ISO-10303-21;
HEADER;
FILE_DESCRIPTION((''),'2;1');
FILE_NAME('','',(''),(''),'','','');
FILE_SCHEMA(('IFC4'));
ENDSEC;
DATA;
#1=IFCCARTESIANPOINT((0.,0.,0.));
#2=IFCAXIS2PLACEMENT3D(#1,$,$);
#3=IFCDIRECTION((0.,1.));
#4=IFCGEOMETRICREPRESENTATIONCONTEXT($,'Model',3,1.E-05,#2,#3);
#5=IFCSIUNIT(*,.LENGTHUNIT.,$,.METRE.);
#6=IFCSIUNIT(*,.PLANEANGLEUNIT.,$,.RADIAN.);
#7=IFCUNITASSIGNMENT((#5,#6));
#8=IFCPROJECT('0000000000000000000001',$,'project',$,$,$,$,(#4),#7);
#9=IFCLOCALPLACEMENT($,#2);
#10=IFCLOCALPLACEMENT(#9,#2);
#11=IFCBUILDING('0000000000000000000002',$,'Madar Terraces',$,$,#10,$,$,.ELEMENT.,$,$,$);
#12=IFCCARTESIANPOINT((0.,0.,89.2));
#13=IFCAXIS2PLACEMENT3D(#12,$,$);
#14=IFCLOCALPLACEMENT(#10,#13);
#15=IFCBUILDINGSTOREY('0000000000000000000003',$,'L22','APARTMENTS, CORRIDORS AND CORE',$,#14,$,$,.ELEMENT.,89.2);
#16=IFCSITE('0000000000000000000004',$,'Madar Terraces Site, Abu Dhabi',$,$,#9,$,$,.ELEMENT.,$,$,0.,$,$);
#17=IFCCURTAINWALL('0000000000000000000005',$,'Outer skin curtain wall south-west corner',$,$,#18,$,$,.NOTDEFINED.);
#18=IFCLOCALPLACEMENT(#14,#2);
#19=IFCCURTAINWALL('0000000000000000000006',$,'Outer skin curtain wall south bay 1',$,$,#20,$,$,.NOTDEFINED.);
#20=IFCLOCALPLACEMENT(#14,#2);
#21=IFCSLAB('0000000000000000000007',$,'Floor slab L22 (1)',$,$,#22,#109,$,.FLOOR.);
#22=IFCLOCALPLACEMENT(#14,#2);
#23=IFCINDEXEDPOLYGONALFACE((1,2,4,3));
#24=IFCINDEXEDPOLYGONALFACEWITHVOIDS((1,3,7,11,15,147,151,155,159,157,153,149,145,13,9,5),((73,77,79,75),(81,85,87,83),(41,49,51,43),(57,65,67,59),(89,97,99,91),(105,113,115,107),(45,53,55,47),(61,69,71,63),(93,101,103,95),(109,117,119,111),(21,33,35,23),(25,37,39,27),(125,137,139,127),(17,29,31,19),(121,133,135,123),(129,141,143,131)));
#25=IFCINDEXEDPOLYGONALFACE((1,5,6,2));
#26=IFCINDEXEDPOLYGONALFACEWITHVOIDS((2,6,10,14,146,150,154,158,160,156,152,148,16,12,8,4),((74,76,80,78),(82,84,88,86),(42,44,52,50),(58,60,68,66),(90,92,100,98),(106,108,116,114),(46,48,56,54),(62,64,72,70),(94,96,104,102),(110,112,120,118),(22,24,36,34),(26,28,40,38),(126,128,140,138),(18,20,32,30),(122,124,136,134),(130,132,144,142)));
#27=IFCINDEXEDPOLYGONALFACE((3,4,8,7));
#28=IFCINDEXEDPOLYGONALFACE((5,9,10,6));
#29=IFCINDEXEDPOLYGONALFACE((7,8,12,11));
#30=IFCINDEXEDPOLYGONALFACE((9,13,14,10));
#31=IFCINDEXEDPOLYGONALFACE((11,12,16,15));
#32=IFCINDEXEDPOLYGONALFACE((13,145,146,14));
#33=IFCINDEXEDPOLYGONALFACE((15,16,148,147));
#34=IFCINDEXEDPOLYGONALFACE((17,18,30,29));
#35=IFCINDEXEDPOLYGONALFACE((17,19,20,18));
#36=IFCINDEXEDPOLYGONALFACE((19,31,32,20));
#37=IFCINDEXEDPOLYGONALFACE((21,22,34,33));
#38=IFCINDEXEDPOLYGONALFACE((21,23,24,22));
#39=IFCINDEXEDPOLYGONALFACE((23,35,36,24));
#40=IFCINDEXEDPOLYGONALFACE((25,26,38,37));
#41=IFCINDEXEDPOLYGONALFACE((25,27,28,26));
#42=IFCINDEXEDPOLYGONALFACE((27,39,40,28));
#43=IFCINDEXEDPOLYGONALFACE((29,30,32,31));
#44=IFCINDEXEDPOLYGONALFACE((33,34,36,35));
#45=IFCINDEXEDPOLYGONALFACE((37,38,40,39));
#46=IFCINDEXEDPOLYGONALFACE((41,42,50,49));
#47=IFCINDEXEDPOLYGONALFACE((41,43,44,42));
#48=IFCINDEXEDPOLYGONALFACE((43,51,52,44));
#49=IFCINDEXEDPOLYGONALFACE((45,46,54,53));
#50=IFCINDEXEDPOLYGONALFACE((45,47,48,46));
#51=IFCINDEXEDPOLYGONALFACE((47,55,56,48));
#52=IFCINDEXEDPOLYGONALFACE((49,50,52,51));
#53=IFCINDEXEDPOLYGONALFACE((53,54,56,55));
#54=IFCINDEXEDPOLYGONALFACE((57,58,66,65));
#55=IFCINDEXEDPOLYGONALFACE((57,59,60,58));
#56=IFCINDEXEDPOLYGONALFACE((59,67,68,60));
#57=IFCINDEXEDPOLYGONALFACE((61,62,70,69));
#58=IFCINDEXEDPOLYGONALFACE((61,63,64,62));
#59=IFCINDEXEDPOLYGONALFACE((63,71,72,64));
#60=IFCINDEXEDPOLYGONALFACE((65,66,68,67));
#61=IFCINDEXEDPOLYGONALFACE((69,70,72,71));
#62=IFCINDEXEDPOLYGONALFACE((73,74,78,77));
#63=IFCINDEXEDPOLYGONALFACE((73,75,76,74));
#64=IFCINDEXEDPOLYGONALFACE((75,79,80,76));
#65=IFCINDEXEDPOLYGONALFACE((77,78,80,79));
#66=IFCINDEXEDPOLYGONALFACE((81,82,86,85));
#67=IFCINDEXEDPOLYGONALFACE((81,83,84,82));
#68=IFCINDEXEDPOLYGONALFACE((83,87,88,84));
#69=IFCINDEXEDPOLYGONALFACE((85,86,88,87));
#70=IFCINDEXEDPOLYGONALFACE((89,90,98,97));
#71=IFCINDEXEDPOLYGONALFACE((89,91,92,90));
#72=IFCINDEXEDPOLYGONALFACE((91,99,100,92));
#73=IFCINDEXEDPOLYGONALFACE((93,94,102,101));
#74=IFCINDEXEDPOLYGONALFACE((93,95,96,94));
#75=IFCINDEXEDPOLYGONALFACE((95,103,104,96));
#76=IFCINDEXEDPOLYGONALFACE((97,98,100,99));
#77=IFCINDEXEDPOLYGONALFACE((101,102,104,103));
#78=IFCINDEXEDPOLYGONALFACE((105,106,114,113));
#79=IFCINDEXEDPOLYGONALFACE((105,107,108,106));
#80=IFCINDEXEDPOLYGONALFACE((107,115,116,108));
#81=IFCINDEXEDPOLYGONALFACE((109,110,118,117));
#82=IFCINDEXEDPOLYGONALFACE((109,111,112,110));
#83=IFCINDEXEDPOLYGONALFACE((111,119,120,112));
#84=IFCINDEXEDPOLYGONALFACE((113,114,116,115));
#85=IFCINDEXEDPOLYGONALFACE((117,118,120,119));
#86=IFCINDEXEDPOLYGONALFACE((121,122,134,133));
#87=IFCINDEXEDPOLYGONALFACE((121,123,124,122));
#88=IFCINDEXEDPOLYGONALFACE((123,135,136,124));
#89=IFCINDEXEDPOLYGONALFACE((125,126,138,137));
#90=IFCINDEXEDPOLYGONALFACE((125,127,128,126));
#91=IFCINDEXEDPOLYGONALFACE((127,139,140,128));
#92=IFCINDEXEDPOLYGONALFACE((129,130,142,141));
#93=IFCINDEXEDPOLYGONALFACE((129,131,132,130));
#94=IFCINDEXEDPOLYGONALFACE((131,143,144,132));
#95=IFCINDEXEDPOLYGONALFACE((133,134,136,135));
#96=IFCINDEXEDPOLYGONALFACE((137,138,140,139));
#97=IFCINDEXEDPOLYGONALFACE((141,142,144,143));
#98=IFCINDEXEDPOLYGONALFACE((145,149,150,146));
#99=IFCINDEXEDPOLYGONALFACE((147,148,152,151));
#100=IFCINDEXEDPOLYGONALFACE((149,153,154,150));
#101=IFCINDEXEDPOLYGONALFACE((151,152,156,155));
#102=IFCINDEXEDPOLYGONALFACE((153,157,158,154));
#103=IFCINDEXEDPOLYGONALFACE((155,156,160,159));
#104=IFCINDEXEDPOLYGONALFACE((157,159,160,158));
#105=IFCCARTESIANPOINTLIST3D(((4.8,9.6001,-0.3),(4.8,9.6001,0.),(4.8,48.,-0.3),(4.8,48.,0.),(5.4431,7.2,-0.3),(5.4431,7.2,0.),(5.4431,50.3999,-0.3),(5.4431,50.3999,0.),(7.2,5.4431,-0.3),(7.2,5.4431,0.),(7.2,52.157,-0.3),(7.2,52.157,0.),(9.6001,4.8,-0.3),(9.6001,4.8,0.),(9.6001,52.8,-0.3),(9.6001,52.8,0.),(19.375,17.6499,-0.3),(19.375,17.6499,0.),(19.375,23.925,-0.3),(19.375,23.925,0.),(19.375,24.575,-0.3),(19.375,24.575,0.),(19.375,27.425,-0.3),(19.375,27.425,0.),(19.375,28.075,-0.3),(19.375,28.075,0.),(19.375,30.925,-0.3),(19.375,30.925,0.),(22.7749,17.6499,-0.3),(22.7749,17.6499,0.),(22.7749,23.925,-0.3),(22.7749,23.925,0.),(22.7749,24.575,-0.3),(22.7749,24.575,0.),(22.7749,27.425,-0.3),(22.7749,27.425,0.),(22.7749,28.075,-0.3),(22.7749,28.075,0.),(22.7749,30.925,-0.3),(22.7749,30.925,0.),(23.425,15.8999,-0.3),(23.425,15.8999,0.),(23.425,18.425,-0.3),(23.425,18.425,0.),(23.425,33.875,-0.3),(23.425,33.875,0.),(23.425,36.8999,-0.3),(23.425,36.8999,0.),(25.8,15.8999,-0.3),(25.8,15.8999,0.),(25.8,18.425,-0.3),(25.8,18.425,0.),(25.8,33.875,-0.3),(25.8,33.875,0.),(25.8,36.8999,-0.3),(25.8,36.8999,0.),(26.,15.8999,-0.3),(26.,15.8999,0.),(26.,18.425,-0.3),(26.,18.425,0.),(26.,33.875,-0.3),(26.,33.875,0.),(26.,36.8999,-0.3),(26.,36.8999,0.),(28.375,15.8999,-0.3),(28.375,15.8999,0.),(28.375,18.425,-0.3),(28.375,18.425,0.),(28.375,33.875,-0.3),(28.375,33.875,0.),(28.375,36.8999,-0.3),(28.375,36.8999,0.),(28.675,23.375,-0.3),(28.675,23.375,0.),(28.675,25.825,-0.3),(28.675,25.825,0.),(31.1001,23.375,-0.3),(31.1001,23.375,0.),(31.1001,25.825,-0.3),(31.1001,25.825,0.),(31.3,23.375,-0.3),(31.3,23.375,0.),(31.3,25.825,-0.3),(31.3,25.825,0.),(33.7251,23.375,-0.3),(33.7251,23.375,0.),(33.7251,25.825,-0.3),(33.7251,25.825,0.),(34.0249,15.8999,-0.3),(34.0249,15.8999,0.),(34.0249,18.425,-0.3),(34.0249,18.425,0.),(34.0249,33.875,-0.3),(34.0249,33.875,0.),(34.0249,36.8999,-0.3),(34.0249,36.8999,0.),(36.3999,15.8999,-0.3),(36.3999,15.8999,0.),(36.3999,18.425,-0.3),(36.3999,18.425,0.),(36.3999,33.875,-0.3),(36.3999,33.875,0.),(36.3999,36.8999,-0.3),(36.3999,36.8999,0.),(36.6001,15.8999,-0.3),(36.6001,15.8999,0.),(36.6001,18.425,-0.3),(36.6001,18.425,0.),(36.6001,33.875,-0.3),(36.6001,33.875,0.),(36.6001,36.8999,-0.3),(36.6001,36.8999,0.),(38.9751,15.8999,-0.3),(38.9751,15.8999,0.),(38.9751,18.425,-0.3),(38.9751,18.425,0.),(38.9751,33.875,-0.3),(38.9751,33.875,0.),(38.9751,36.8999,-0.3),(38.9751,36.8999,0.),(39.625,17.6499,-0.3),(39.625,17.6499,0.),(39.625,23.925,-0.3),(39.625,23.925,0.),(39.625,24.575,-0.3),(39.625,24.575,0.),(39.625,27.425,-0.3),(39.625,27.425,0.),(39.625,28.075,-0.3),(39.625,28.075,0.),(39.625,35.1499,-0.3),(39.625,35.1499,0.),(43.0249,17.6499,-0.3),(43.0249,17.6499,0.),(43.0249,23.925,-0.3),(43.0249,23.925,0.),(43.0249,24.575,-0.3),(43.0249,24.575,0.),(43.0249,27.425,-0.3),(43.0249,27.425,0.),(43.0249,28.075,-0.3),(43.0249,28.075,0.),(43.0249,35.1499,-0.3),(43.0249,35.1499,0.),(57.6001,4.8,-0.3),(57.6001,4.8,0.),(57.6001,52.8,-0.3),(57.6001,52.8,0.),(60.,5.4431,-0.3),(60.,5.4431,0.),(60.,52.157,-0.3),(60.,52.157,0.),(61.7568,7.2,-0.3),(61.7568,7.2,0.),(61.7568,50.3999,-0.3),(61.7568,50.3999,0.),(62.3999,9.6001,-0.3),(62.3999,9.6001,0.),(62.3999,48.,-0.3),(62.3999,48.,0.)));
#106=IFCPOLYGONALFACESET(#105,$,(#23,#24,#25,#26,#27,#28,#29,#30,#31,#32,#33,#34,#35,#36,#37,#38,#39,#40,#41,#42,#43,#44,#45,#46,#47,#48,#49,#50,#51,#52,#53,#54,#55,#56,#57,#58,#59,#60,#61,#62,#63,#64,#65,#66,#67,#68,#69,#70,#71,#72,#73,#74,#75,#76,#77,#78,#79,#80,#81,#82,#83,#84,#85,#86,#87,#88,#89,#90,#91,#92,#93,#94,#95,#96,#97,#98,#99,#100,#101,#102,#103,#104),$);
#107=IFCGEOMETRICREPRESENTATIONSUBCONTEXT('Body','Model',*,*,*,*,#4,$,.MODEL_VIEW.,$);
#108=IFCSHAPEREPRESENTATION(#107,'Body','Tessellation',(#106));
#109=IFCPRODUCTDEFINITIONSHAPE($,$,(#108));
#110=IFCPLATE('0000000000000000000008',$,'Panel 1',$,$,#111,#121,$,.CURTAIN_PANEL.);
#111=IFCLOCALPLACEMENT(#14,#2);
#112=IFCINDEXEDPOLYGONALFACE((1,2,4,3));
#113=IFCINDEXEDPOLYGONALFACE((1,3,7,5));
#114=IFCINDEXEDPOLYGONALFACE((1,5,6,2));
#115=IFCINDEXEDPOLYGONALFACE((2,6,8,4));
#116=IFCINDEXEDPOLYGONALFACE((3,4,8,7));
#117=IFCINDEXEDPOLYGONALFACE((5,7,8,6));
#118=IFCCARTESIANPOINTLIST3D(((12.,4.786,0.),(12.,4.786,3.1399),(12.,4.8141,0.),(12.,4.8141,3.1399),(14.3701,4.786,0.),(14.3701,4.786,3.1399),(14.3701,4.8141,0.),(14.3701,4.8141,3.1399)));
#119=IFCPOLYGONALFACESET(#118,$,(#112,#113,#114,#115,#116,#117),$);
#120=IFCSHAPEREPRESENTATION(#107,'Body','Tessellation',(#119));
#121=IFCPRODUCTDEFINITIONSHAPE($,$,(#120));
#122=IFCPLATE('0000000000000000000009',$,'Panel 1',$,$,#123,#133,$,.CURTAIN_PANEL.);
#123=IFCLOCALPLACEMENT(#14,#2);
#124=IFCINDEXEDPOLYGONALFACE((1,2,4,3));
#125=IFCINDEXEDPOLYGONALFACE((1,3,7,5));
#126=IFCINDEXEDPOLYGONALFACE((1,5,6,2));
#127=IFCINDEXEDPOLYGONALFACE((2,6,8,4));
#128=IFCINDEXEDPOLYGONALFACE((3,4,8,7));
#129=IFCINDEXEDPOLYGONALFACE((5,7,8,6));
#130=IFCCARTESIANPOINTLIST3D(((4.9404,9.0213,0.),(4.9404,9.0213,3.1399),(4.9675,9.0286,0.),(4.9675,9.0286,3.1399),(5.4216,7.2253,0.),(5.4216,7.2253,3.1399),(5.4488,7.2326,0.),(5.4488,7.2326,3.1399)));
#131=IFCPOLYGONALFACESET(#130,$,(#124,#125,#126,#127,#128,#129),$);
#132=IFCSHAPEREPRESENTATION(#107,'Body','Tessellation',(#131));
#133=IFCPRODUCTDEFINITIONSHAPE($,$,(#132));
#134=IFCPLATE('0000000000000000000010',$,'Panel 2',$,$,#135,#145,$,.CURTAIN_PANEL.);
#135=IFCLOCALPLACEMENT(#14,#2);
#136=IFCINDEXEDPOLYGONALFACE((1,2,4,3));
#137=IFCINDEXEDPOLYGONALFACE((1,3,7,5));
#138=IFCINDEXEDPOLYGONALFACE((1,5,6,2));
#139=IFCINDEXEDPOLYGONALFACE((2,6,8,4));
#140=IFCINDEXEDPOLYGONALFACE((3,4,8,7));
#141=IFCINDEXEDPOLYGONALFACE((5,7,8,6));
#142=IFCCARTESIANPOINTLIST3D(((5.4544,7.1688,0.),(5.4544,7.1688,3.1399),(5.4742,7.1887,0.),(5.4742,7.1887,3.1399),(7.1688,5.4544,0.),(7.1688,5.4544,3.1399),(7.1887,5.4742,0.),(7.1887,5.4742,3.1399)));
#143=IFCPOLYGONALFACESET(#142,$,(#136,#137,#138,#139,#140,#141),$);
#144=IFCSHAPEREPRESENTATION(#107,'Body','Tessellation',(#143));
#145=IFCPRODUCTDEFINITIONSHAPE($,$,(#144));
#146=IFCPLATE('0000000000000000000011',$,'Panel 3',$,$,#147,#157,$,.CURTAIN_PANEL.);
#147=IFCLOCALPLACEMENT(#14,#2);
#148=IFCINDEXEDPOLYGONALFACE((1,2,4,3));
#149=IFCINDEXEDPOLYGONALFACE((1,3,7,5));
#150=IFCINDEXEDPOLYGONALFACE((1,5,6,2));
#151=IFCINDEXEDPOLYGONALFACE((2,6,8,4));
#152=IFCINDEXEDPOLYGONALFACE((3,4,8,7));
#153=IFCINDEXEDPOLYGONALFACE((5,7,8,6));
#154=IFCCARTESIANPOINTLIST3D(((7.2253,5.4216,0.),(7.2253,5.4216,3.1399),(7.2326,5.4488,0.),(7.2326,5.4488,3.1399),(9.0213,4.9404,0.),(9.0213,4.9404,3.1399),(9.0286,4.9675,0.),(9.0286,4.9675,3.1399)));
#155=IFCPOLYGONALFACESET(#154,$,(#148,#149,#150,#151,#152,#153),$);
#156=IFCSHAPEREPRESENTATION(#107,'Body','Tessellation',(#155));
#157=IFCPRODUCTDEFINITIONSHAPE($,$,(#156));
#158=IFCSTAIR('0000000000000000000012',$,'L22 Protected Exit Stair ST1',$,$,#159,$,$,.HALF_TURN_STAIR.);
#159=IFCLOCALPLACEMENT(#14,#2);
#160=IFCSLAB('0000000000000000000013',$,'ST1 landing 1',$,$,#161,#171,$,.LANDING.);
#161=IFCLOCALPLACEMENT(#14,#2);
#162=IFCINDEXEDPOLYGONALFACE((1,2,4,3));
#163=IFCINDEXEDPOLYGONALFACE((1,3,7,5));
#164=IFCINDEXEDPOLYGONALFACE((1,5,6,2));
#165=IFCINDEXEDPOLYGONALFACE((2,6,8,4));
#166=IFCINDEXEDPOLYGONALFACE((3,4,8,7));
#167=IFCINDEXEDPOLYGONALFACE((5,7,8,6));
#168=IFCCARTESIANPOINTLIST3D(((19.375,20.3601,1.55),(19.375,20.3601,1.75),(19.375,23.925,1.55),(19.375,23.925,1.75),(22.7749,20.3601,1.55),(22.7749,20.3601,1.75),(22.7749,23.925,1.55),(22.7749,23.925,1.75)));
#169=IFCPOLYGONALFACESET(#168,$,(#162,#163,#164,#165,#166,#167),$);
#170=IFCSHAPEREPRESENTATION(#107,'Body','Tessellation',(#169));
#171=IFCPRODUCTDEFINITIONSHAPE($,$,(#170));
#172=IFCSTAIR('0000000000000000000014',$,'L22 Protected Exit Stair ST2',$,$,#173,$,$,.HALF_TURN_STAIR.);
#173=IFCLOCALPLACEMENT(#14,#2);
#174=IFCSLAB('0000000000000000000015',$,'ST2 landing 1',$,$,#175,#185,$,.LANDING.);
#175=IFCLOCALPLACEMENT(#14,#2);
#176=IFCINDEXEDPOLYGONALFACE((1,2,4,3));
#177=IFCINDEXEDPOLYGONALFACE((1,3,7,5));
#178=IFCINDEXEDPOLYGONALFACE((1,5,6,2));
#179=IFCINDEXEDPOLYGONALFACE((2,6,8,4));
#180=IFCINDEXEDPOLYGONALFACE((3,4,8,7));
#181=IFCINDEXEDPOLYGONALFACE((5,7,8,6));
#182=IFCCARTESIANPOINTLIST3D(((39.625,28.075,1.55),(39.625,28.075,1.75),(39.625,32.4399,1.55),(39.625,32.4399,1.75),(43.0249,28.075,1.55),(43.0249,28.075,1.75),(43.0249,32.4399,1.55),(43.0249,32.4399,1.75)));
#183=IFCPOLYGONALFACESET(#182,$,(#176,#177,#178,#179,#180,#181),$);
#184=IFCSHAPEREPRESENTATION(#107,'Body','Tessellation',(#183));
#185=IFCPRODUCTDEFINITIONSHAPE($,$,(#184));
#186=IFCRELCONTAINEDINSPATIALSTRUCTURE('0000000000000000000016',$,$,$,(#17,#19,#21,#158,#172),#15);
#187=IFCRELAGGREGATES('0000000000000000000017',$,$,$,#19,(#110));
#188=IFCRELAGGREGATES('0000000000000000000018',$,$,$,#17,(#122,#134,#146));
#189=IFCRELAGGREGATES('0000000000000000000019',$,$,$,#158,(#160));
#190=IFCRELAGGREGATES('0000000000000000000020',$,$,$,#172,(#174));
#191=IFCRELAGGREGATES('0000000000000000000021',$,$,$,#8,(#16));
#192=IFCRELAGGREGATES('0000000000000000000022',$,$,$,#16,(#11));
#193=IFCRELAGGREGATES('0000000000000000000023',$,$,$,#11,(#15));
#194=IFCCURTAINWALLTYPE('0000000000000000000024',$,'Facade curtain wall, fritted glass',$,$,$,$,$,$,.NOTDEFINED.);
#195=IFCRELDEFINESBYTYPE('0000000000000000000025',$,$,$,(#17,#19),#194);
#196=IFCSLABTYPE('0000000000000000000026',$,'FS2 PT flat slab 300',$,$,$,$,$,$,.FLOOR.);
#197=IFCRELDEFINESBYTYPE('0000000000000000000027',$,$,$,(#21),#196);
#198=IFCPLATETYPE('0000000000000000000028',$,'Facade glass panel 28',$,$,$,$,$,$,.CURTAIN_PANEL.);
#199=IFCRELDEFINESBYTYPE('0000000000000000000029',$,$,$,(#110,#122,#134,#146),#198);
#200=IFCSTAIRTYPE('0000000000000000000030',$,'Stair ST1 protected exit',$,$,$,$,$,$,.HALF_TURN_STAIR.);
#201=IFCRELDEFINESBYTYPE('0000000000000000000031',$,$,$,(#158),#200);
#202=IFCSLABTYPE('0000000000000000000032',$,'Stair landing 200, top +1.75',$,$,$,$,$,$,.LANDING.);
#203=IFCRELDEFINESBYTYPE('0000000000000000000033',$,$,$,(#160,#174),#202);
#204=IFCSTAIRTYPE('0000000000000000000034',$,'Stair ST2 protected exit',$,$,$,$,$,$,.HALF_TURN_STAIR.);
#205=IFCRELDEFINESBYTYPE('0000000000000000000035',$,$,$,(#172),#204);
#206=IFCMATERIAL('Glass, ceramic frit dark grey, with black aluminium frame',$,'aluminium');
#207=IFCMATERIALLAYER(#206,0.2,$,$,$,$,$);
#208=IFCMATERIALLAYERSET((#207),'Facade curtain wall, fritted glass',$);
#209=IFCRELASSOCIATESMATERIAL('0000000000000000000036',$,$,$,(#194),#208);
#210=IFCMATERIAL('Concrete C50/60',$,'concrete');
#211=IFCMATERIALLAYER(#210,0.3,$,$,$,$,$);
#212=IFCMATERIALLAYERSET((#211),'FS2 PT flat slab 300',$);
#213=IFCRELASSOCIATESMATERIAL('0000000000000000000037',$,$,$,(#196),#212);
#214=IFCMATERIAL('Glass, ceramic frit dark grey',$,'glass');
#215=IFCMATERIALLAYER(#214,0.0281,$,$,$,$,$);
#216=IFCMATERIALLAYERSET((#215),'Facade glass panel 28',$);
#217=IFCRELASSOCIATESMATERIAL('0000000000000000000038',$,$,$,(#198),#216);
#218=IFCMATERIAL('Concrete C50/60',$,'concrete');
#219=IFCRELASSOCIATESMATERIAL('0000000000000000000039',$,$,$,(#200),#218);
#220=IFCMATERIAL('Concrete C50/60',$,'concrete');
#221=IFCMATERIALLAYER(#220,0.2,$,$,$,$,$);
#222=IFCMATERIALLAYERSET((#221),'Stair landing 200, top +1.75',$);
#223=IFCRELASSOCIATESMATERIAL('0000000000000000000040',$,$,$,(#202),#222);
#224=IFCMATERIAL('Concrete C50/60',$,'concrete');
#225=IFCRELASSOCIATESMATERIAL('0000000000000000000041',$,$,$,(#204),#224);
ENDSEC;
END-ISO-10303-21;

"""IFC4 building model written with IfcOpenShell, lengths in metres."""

from ifc_helpers import new_model, si_unit, direction, frame, origin, origin_2d, place, context, subcontext, project, spatial, polyline, rectangle, outline, extrude, material, layer, layer_set, type_object, element, aggregate, save


model = new_model("IFC4")

# Units and contexts
model_context = context("Model", 3, precision=1e-05, world=origin(), true_north=direction((0.0, 1.0)))
body_context = subcontext(model_context, "Body", "Model", "MODEL_VIEW")
ifc_project = project(units=[si_unit("LENGTHUNIT", "METRE"), si_unit("PLANEANGLEUNIT", "RADIAN")], contexts=[model_context])

# Site, building, storey
site_placement = place(None, origin())
site = spatial("IfcSite", under=ifc_project, at=site_placement, Name="Madar Terraces Site, Abu Dhabi", CompositionType="ELEMENT", RefElevation=0.0)
building_placement = place(site_placement, origin())
building = spatial("IfcBuilding", under=site, at=building_placement, Name="Madar Terraces", CompositionType="ELEMENT")
storey_placement = place(building_placement, frame((0.0, 0.0, 89.2)))
storey = spatial("IfcBuildingStorey", under=building, at=storey_placement, Name="L22", Description="APARTMENTS, CORRIDORS AND CORE", CompositionType="ELEMENT", Elevation=89.2)

# Curtain wall
ifc_material_1 = material(Name="Glass, ceramic frit dark grey, with black aluminium frame", Category="aluminium")
ifc_layer_1 = layer(ifc_material_1, 0.2)
ifc_layer_set_1 = layer_set([ifc_layer_1], Name="Facade curtain wall, fritted glass")
curtain_wall_type = type_object("IfcCurtainWallType", Name="Facade curtain wall, fritted glass", PredefinedType="NOTDEFINED", material=ifc_layer_set_1)
curtain_wall_1_placement = place(storey_placement, origin())
curtain_wall_1 = element("IfcCurtainWall", 1, at=curtain_wall_1_placement, inside=storey, type_object=curtain_wall_type, Name="Outer skin curtain wall south-west corner", PredefinedType="NOTDEFINED")

# Curtain wall
curtain_wall_2_placement = place(storey_placement, origin())
curtain_wall_2 = element("IfcCurtainWall", 2, at=curtain_wall_2_placement, inside=storey, type_object=curtain_wall_type, Name="Outer skin curtain wall south bay 1", PredefinedType="NOTDEFINED")

# Slab
ifc_material_2 = material(Name="Concrete C50/60", Category="concrete")
ifc_layer_2 = layer(ifc_material_2, 0.3)
ifc_layer_set_2 = layer_set([ifc_layer_2], Name="FS2 PT flat slab 300")
slab_type_1 = type_object("IfcSlabType", Name="FS2 PT flat slab 300", PredefinedType="FLOOR", material=ifc_layer_set_2)
slab_1_placement = place(storey_placement, frame((0.0, 0.0, -0.3)))
element("IfcSlab", 3, at=slab_1_placement, inside=storey, type_object=slab_type_1, Name="Floor slab L22 (1)", PredefinedType="FLOOR", context=body_context, shape_type="SweptSolid", body=[
    extrude(outline(polyline([(57.6001, 4.8), (60.0, 5.4431), (61.7568, 7.2), (62.3999, 9.6001), (62.3999, 48.0), (61.7568, 50.3999), (60.0, 52.157), (57.6001, 52.8), (9.6001, 52.8), (7.2, 52.157), (5.4431, 50.3999), (4.8, 48.0), (4.8, 9.6001), (5.4431, 7.2), (7.2, 5.4431), (9.6001, 4.8), (57.6001, 4.8)]), holes=[polyline([(23.425, 15.8999), (23.425, 18.425), (25.8, 18.425), (25.8, 15.8999), (23.425, 15.8999)]), polyline([(26.0, 15.8999), (26.0, 18.425), (28.375, 18.425), (28.375, 15.8999), (26.0, 15.8999)]), polyline([(19.375, 17.6499), (19.375, 23.925), (22.7749, 23.925), (22.7749, 17.6499), (19.375, 17.6499)]), polyline([(28.675, 23.375), (28.675, 25.825), (31.1001, 25.825), (31.1001, 23.375), (28.675, 23.375)]), polyline([(19.375, 24.575), (19.375, 27.425), (22.7749, 27.425), (22.7749, 24.575), (19.375, 24.575)]), polyline([(19.375, 28.075), (19.375, 30.925), (22.7749, 30.925), (22.7749, 28.075), (19.375, 28.075)]), polyline([(23.425, 33.875), (23.425, 36.8999), (25.8, 36.8999), (25.8, 33.875), (23.425, 33.875)]), polyline([(26.0, 33.875), (26.0, 36.8999), (28.375, 36.8999), (28.375, 33.875), (26.0, 33.875)]), polyline([(34.0249, 15.8999), (34.0249, 18.425), (36.3999, 18.425), (36.3999, 15.8999), (34.0249, 15.8999)]), polyline([(36.6001, 15.8999), (36.6001, 18.425), (38.9751, 18.425), (38.9751, 15.8999), (36.6001, 15.8999)]), polyline([(39.625, 17.6499), (39.625, 23.925), (43.0249, 23.925), (43.0249, 17.6499), (39.625, 17.6499)]), polyline([(31.3, 23.375), (31.3, 25.825), (33.7251, 25.825), (33.7251, 23.375), (31.3, 23.375)]), polyline([(39.625, 24.575), (39.625, 27.425), (43.0249, 27.425), (43.0249, 24.575), (39.625, 24.575)]), polyline([(39.625, 28.075), (39.625, 35.1499), (43.0249, 35.1499), (43.0249, 28.075), (39.625, 28.075)]), polyline([(34.0249, 33.875), (34.0249, 36.8999), (36.3999, 36.8999), (36.3999, 33.875), (34.0249, 33.875)]), polyline([(36.6001, 33.875), (36.6001, 36.8999), (38.9751, 36.8999), (38.9751, 33.875), (36.6001, 33.875)])]), origin(), (0.0, 0.0, 1.0), 0.3),
])

# Plates
ifc_material_3 = material(Name="Glass, ceramic frit dark grey", Category="glass")
ifc_layer_3 = layer(ifc_material_3, 0.0281)
ifc_layer_set_3 = layer_set([ifc_layer_3], Name="Facade glass panel 28")
plate_type = type_object("IfcPlateType", Name="Facade glass panel 28", PredefinedType="CURTAIN_PANEL", material=ifc_layer_set_3)
plate_1_placement = place(storey_placement, frame((13.1851, 4.8, 0.0), z_axis=(0.0, 0.0, 1.0), x_axis=(1.0, 0.0, 0.0)))
plate_1 = element("IfcPlate", 4, at=plate_1_placement, type_object=plate_type, Name="Panel 1", PredefinedType="CURTAIN_PANEL", context=body_context, shape_type="SweptSolid", body=[
    extrude(rectangle(XDim=2.3701, YDim=0.0281, at=origin_2d()), origin(), (0.0, 0.0, 1.0), 3.1399),
])
aggregate(curtain_wall_2, [plate_1])
plate_2_placement = place(storey_placement, frame((5.1946, 8.127, 0.0), z_axis=(0.0, 0.0, 1.0), x_axis=(0.258819, -0.965926, 0.0)))
plate_2 = element("IfcPlate", 5, at=plate_2_placement, type_object=plate_type, Name="Panel 1", PredefinedType="CURTAIN_PANEL", context=body_context, shape_type="SweptSolid", body=[
    extrude(rectangle(XDim=1.8594, YDim=0.0281, at=origin_2d()), origin(), (0.0, 0.0, 1.0), 3.1399),
])
plate_3_placement = place(storey_placement, frame((6.3215, 6.3215, 0.0), z_axis=(0.0, 0.0, 1.0), x_axis=(0.707107, -0.707107, 0.0)))
plate_3 = element("IfcPlate", 6, at=plate_3_placement, type_object=plate_type, Name="Panel 2", PredefinedType="CURTAIN_PANEL", context=body_context, shape_type="SweptSolid", body=[
    extrude(rectangle(XDim=2.4246, YDim=0.0281, at=origin_2d()), origin(), (0.0, 0.0, 1.0), 3.1399),
])
plate_4_placement = place(storey_placement, frame((8.127, 5.1946, 0.0), z_axis=(0.0, 0.0, 1.0), x_axis=(0.965926, -0.258819, 0.0)))
plate_4 = element("IfcPlate", 7, at=plate_4_placement, type_object=plate_type, Name="Panel 3", PredefinedType="CURTAIN_PANEL", context=body_context, shape_type="SweptSolid", body=[
    extrude(rectangle(XDim=1.8594, YDim=0.0281, at=origin_2d()), origin(), (0.0, 0.0, 1.0), 3.1399),
])
aggregate(curtain_wall_1, [plate_2, plate_3, plate_4])

# Stairs, slabs
ifc_material_4 = material(Name="Concrete C50/60", Category="concrete")
stair_type_1 = type_object("IfcStairType", Name="Stair ST1 protected exit", PredefinedType="HALF_TURN_STAIR", material=ifc_material_4)
stair_1_placement = place(storey_placement, origin())
stair_1 = element("IfcStair", 8, at=stair_1_placement, inside=storey, type_object=stair_type_1, Name="L22 Protected Exit Stair ST1", PredefinedType="HALF_TURN_STAIR")
ifc_material_5 = material(Name="Concrete C50/60", Category="concrete")
ifc_layer_4 = layer(ifc_material_5, 0.2)
ifc_layer_set_4 = layer_set([ifc_layer_4], Name="Stair landing 200, top +1.75")
slab_type_2 = type_object("IfcSlabType", Name="Stair landing 200, top +1.75", PredefinedType="LANDING", material=ifc_layer_set_4)
slab_2_placement = place(storey_placement, frame((0.0, 0.0, 1.55)))
slab_2 = element("IfcSlab", 9, at=slab_2_placement, type_object=slab_type_2, Name="ST1 landing 1", PredefinedType="LANDING", context=body_context, shape_type="SweptSolid", body=[
    extrude(outline(polyline([(19.375, 20.3601), (22.7749, 20.3601), (22.7749, 23.925), (19.375, 23.925), (19.375, 20.3601)])), origin(), (0.0, 0.0, 1.0), 0.2),
])
aggregate(stair_1, [slab_2])
ifc_material_6 = material(Name="Concrete C50/60", Category="concrete")
stair_type_2 = type_object("IfcStairType", Name="Stair ST2 protected exit", PredefinedType="HALF_TURN_STAIR", material=ifc_material_6)
stair_2_placement = place(storey_placement, origin())
stair_2 = element("IfcStair", 10, at=stair_2_placement, inside=storey, type_object=stair_type_2, Name="L22 Protected Exit Stair ST2", PredefinedType="HALF_TURN_STAIR")
slab_3_placement = place(storey_placement, frame((0.0, 0.0, 1.55)))
slab_3 = element("IfcSlab", 11, at=slab_3_placement, type_object=slab_type_2, Name="ST2 landing 1", PredefinedType="LANDING", context=body_context, shape_type="SweptSolid", body=[
    extrude(outline(polyline([(39.625, 28.075), (43.0249, 28.075), (43.0249, 32.4399), (39.625, 32.4399), (39.625, 28.075)])), origin(), (0.0, 0.0, 1.0), 0.2),
])
aggregate(stair_2, [slab_3])

save(model, "model.ifc")
